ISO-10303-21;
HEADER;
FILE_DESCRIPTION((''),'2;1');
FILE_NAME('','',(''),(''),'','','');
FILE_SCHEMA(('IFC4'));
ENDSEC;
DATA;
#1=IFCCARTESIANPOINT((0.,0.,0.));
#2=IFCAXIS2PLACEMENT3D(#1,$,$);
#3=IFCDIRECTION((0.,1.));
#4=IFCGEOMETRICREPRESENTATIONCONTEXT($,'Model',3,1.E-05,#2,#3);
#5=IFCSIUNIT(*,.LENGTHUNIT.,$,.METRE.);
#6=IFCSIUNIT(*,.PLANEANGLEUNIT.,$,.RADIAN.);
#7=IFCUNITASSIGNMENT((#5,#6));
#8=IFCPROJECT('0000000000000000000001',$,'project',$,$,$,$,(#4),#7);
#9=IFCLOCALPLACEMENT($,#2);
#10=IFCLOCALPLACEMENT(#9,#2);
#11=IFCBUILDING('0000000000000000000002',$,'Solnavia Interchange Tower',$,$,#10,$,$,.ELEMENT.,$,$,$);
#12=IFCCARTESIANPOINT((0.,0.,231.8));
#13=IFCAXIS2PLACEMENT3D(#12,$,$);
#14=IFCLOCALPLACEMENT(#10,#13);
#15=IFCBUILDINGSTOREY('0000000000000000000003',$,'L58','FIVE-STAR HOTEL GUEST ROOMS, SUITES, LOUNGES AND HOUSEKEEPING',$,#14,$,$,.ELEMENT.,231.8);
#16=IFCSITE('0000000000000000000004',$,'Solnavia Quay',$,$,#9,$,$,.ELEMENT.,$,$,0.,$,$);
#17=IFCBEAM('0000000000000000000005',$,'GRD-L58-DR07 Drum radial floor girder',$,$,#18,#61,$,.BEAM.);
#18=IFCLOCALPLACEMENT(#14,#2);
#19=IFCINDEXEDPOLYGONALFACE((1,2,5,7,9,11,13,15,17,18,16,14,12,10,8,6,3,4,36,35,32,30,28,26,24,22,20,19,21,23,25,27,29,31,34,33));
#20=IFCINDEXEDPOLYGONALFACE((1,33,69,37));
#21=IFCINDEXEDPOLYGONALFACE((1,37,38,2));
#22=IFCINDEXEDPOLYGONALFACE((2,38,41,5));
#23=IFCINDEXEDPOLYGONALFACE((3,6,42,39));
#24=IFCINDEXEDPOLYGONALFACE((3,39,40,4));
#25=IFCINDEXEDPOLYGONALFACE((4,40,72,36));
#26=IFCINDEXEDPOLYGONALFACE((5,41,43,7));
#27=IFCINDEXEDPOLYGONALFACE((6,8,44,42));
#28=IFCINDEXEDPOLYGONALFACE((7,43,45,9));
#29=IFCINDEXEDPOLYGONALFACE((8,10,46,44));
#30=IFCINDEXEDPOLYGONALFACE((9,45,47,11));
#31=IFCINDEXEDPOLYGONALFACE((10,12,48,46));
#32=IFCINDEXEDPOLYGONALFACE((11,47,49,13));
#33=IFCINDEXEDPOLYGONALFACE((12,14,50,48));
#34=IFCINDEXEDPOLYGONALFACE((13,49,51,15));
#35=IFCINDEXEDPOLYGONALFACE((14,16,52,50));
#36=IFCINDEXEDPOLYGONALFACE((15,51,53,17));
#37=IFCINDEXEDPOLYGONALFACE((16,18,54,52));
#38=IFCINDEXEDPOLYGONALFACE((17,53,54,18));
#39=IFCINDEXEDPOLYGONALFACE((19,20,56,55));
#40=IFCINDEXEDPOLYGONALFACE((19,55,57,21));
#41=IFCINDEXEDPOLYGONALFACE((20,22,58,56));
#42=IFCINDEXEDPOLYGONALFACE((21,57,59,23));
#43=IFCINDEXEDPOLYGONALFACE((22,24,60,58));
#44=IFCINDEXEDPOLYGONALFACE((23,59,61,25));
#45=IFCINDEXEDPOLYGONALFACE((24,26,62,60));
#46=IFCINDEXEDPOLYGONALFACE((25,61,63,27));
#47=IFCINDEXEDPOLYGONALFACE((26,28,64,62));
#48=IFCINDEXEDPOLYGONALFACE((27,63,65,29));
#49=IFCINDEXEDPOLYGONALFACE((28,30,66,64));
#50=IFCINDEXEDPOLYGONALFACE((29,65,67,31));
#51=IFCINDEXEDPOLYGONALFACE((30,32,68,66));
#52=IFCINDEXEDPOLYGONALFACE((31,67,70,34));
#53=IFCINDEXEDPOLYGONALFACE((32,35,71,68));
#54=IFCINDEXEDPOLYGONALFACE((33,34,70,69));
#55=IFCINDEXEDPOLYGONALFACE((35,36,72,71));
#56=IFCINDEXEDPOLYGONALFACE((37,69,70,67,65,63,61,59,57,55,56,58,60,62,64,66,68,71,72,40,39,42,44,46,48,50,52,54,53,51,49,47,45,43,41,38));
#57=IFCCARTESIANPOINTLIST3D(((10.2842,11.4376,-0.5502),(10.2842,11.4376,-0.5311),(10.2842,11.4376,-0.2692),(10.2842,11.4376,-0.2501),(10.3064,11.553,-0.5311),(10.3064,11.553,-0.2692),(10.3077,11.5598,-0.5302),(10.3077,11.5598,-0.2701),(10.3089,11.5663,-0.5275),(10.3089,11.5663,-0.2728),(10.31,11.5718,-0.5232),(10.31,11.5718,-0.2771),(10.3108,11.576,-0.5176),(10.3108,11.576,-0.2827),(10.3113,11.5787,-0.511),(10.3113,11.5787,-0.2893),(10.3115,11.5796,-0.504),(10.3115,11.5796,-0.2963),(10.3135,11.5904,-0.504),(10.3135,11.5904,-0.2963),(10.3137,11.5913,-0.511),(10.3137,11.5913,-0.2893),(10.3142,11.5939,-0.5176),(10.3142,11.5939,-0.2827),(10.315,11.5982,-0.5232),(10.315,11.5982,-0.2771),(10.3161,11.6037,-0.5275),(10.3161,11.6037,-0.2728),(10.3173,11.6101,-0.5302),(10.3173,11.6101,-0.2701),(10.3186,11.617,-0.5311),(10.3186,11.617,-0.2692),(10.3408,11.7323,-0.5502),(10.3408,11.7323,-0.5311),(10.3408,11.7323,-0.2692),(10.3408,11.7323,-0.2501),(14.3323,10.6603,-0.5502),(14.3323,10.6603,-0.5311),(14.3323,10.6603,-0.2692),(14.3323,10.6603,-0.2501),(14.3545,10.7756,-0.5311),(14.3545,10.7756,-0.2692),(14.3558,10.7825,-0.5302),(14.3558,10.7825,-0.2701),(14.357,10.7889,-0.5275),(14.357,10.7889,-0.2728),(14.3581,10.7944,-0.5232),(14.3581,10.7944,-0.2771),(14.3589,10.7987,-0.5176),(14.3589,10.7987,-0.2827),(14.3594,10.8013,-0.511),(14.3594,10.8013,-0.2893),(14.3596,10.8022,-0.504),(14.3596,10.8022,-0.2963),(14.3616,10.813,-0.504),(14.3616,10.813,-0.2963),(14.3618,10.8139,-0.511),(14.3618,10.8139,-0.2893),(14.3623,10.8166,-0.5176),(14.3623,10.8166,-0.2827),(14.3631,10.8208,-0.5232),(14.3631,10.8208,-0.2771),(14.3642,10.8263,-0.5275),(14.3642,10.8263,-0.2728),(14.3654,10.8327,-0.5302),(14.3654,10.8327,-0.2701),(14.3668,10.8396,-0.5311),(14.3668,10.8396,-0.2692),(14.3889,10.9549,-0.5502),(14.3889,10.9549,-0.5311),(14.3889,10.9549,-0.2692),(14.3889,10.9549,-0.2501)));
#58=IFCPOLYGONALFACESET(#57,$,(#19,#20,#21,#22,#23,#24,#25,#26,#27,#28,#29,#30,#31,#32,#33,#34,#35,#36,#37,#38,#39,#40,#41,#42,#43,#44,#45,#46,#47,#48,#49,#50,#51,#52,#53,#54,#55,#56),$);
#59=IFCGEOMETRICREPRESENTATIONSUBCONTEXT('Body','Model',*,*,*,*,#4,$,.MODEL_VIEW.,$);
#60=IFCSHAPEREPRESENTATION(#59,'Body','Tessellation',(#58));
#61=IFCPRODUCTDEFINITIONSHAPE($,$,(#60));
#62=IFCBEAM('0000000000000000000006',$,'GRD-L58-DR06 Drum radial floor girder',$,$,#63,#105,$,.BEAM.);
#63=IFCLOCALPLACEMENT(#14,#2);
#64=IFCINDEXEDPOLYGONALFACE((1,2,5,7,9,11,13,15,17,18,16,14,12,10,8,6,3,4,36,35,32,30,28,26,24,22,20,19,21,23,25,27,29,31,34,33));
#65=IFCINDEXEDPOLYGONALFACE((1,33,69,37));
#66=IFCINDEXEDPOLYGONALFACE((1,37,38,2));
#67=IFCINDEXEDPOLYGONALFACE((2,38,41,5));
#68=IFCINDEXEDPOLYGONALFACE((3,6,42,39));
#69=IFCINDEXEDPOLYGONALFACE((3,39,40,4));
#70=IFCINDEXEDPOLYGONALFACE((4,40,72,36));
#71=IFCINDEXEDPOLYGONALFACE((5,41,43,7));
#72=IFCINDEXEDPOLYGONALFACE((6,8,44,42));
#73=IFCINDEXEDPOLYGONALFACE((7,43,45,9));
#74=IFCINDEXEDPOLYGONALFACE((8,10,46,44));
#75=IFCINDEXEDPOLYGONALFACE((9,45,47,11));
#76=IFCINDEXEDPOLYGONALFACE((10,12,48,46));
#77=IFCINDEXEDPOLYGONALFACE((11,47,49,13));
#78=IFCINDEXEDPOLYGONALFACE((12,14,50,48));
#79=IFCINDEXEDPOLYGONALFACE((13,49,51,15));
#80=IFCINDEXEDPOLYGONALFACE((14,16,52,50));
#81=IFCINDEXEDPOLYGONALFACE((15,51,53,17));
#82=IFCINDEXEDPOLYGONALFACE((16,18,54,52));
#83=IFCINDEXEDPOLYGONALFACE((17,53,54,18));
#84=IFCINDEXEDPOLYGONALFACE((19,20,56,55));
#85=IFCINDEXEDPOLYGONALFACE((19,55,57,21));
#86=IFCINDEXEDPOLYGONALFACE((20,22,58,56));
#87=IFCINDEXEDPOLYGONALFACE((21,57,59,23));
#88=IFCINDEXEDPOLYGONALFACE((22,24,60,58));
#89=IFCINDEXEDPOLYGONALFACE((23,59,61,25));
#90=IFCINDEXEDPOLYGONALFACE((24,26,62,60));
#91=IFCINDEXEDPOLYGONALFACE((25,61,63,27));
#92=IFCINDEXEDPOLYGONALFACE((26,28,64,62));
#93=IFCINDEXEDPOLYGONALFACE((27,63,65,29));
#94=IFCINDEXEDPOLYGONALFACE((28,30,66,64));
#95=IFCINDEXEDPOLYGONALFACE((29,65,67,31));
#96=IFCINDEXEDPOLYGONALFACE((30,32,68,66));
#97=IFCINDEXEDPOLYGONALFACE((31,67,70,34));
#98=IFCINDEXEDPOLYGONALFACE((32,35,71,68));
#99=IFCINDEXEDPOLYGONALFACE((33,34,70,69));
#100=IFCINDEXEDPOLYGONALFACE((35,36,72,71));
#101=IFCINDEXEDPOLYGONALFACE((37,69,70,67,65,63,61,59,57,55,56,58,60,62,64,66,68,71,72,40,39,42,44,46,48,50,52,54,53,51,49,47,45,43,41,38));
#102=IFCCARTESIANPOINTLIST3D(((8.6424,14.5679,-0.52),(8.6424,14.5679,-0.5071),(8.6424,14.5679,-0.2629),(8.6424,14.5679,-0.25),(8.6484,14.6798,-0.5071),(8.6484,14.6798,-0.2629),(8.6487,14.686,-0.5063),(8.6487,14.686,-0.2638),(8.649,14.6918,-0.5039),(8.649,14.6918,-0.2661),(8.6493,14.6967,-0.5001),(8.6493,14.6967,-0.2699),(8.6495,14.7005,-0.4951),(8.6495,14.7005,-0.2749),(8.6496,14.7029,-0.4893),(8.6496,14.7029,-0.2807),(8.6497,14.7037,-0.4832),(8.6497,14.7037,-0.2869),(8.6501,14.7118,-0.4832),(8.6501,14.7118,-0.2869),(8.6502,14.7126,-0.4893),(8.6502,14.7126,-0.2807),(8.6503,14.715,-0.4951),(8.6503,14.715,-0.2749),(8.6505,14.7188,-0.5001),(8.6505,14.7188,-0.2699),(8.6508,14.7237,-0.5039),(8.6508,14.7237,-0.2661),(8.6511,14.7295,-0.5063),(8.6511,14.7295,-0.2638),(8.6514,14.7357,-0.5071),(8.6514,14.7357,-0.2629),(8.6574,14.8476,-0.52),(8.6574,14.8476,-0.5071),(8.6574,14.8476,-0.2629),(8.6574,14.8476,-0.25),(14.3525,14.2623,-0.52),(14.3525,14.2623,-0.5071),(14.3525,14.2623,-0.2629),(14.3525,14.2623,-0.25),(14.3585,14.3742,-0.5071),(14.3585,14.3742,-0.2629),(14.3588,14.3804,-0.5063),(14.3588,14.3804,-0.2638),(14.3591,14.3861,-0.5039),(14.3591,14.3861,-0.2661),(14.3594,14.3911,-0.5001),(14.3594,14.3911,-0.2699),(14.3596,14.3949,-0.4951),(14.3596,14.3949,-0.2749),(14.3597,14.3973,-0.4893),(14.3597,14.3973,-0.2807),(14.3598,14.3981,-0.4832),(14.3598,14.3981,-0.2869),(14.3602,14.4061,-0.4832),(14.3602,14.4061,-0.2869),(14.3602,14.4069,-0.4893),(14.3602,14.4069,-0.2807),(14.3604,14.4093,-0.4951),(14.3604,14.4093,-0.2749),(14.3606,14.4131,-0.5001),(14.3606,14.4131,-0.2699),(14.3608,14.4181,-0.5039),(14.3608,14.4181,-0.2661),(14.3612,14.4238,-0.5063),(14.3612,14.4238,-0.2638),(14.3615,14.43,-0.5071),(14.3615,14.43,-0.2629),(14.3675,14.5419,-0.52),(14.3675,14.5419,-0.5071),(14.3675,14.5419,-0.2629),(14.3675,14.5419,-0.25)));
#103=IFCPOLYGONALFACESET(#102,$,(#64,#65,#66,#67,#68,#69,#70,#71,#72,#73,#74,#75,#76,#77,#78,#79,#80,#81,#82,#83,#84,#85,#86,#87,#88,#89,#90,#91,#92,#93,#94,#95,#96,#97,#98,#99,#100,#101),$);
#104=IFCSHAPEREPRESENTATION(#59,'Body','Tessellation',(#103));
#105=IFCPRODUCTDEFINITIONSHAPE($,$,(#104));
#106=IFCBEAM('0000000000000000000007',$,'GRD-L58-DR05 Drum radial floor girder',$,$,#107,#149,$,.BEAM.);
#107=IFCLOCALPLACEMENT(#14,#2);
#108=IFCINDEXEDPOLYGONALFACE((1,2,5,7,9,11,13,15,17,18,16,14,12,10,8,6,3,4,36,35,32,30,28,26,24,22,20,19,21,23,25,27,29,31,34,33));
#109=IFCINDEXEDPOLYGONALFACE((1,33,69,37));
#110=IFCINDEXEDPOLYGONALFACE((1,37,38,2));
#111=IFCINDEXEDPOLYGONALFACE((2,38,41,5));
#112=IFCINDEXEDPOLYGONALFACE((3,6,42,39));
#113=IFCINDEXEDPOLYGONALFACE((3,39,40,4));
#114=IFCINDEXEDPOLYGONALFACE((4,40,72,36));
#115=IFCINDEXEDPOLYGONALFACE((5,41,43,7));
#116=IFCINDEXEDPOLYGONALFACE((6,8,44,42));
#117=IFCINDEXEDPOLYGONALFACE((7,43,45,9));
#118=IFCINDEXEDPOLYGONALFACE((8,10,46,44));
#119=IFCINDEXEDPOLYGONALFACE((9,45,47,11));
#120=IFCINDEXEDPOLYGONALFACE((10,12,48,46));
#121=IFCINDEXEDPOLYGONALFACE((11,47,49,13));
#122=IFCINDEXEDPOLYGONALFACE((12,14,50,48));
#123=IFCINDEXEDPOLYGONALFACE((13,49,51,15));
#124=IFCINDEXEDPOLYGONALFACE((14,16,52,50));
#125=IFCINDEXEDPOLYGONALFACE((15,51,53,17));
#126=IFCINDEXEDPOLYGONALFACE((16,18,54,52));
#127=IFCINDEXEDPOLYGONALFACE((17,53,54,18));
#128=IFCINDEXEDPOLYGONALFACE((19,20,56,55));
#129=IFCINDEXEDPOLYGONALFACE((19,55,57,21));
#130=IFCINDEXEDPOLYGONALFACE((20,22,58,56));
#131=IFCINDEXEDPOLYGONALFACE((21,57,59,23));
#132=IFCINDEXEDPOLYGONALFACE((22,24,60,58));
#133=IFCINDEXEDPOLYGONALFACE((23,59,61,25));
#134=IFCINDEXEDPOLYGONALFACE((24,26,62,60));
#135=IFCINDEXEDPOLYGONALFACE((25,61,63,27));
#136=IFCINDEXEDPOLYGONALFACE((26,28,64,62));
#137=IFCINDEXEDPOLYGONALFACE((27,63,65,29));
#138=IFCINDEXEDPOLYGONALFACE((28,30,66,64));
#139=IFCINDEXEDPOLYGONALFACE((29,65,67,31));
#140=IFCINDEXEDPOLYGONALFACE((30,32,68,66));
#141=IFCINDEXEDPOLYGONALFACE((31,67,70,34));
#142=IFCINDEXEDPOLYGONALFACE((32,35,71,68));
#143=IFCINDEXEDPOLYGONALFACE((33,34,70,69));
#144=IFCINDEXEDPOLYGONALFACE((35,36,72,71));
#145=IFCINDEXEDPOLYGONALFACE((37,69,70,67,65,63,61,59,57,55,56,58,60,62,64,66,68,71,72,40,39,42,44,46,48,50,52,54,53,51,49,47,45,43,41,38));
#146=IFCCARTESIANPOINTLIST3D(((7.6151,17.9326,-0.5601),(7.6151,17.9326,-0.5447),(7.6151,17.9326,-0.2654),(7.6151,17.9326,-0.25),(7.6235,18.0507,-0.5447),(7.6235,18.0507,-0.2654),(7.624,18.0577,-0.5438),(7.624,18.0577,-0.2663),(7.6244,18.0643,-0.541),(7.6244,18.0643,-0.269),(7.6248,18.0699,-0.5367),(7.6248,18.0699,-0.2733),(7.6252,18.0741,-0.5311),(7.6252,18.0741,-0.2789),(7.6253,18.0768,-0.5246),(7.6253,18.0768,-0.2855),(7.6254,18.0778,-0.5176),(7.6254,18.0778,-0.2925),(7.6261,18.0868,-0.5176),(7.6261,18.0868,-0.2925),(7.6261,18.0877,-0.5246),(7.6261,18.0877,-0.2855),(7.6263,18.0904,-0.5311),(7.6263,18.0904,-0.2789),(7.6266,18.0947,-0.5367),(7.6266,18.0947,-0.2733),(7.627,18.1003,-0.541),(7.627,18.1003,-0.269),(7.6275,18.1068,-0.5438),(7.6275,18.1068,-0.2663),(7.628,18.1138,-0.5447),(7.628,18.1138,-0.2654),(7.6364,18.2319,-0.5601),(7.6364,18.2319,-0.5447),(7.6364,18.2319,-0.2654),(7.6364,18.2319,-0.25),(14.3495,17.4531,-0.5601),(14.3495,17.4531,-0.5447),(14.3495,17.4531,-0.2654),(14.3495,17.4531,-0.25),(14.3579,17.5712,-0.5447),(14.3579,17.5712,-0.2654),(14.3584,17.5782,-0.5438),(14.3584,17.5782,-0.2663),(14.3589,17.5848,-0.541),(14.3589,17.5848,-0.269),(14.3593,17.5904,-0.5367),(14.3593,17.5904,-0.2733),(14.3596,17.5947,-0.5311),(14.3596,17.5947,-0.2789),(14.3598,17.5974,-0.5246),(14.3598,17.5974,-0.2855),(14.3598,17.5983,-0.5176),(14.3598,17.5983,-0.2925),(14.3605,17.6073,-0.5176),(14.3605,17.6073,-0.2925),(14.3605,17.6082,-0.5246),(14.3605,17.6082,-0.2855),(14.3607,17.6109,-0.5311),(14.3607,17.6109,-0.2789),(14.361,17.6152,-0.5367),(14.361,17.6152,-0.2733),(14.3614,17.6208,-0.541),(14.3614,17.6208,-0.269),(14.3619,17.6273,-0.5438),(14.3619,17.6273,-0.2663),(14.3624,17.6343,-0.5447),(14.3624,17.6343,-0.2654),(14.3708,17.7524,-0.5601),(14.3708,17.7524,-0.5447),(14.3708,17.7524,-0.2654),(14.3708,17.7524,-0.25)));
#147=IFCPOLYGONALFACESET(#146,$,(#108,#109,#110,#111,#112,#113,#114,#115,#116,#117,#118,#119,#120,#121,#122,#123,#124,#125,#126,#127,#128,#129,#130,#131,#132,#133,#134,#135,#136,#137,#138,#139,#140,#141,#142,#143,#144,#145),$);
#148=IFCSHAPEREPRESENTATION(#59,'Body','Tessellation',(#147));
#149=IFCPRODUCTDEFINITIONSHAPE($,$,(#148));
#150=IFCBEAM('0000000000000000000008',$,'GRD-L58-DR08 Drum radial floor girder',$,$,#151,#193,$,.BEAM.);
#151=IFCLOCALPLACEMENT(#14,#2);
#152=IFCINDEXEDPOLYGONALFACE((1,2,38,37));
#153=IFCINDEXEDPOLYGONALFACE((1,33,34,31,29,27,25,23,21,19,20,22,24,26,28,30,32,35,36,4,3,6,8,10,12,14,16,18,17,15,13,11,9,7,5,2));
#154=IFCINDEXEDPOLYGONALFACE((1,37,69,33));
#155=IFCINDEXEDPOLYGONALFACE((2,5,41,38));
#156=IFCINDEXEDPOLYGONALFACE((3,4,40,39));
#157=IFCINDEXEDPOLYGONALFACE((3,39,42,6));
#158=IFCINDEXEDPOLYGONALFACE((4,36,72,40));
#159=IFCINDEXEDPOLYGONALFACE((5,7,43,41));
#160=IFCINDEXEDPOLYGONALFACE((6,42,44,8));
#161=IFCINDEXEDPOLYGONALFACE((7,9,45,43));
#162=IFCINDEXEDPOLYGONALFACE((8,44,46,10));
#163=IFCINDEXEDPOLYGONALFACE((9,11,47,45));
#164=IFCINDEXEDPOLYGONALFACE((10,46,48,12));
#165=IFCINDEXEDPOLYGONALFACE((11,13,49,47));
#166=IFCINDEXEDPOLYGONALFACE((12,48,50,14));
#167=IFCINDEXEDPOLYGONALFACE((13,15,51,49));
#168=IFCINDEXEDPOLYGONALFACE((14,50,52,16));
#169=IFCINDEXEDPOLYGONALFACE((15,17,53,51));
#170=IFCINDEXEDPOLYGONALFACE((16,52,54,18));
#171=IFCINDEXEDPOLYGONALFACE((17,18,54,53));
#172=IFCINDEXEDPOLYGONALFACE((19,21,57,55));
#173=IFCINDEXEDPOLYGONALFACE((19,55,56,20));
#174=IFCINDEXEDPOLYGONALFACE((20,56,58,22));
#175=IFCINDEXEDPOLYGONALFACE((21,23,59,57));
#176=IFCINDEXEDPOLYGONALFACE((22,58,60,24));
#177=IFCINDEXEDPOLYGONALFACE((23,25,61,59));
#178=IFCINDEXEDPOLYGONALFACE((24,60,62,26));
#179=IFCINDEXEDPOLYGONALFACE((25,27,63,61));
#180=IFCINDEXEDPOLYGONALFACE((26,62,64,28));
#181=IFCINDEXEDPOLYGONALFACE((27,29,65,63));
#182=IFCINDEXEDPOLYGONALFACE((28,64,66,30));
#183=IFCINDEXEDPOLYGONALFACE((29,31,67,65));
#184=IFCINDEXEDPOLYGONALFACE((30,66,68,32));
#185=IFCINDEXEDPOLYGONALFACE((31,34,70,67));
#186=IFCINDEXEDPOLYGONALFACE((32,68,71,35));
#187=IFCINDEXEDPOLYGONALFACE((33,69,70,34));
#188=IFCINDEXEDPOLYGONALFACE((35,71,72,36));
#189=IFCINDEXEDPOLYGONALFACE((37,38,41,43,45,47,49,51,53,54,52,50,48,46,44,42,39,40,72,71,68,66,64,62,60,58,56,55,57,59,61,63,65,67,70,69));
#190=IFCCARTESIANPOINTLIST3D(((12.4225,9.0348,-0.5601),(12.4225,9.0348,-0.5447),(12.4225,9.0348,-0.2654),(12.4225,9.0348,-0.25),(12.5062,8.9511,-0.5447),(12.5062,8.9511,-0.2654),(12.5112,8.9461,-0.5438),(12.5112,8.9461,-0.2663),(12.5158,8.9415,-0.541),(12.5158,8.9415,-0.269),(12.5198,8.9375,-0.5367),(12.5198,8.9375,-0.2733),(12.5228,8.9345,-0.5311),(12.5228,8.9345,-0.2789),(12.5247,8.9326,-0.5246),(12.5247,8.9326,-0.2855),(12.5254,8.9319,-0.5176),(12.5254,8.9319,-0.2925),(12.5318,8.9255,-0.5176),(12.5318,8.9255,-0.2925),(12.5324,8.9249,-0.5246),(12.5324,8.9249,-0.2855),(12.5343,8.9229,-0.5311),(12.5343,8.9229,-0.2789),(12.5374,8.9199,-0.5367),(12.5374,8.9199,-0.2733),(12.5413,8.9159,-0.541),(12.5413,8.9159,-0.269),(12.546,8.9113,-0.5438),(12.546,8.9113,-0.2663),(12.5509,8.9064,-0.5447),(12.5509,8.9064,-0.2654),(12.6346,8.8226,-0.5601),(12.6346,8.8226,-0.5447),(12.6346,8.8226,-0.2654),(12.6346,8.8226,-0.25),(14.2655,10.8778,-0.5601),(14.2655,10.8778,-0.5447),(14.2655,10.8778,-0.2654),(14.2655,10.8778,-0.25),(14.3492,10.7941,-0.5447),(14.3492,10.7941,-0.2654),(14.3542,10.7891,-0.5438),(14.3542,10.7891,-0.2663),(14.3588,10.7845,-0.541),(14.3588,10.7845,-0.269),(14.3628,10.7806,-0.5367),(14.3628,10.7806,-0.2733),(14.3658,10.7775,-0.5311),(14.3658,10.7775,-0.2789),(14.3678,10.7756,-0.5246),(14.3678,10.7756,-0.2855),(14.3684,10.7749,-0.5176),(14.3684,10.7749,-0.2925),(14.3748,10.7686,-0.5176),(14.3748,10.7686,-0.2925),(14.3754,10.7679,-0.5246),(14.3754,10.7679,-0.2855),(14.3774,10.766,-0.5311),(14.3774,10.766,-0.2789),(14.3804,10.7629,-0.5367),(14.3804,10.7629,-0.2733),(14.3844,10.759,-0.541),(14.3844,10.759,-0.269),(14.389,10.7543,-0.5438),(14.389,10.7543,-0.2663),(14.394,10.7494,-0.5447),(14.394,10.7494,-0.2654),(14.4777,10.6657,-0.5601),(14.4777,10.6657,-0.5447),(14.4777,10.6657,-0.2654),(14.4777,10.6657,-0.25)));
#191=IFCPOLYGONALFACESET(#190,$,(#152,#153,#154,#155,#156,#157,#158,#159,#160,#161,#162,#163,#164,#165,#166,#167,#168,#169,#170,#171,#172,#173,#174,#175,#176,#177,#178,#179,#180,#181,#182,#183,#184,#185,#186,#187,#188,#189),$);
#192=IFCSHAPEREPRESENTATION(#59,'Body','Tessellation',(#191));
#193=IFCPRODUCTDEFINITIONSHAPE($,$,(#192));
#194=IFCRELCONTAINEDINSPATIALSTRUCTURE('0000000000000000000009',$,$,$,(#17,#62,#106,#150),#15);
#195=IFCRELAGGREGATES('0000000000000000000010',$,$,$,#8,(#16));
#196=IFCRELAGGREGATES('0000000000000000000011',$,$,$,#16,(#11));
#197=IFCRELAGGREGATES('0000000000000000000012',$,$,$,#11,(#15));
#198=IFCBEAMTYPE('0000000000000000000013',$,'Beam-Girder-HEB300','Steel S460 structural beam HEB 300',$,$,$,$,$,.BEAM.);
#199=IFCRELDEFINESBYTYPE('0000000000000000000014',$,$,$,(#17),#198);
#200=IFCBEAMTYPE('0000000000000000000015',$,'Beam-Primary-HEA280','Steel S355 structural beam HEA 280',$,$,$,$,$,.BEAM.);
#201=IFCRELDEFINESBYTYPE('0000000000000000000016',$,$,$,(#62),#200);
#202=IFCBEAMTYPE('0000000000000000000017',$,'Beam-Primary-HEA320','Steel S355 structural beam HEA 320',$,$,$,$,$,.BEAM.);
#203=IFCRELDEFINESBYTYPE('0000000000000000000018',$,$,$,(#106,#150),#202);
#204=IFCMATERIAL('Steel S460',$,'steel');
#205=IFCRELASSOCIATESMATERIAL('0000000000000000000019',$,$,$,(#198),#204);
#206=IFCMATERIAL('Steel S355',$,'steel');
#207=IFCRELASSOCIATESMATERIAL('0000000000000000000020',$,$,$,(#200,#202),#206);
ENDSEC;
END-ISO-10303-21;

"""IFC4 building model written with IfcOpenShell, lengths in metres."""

from ifc_helpers import new_model, si_unit, direction, frame, origin, origin_2d, place, context, subcontext, project, spatial, i_section, extrude, material, material_profile, profile_set, type_object, element, save


model = new_model("IFC4")

# Units and contexts
model_context = context("Model", 3, precision=1e-05, world=origin(), true_north=direction((0.0, 1.0)))
body_context = subcontext(model_context, "Body", "Model", "MODEL_VIEW")
ifc_project = project(units=[si_unit("LENGTHUNIT", "METRE"), si_unit("PLANEANGLEUNIT", "RADIAN")], contexts=[model_context])

# Site, building, storey
site_placement = place(None, origin())
site = spatial("IfcSite", under=ifc_project, at=site_placement, Name="Solnavia Quay", CompositionType="ELEMENT", RefElevation=0.0)
building_placement = place(site_placement, origin())
building = spatial("IfcBuilding", under=site, at=building_placement, Name="Solnavia Interchange Tower", CompositionType="ELEMENT")
storey_placement = place(building_placement, frame((0.0, 0.0, 231.8)))
storey = spatial("IfcBuildingStorey", under=building, at=storey_placement, Name="L58", Description="FIVE-STAR HOTEL GUEST ROOMS, SUITES, LOUNGES AND HOUSEKEEPING", CompositionType="ELEMENT", Elevation=231.8)

# Beams
ifc_material_1 = material(Name="Steel S460", Category="steel")
ifc_material_profile_1 = material_profile(ifc_material_1, i_section(OverallWidth=0.3, OverallDepth=0.3, WebThickness=0.011, FlangeThickness=0.019, FilletRadius=0.0271, at=origin_2d()), Name="HEB 300")
ifc_profile_set_1 = profile_set([ifc_material_profile_1], Name="Steel S460")
beam_type_1 = type_object("IfcBeamType", Name="Beam-Girder-HEB300", Description="Steel S460 structural beam HEB 300", PredefinedType="BEAM", material=ifc_profile_set_1)
beam_1_placement = place(storey_placement, frame((10.3125, 11.585, -0.4001), z_axis=(0.982058, -0.188582, 0.0), x_axis=(0.188582, 0.982058, 0.0)))
element("IfcBeam", 1, at=beam_1_placement, inside=storey, type_object=beam_type_1, Name="GRD-L58-DR07 Drum radial floor girder", PredefinedType="BEAM", context=body_context, shape_type="SweptSolid", body=[
    extrude(i_section(OverallWidth=0.3, OverallDepth=0.3, WebThickness=0.011, FlangeThickness=0.019, FilletRadius=0.0271, at=origin_2d()), origin(), (0.0, 0.0, 1.0), 4.1221),
])
ifc_material_2 = material(Name="Steel S355", Category="steel")
ifc_material_profile_2 = material_profile(ifc_material_2, i_section(OverallWidth=0.28, OverallDepth=0.27, WebThickness=0.0081, FlangeThickness=0.0129, FilletRadius=0.0239, at=origin_2d()), Name="HEA 280")
ifc_profile_set_2 = profile_set([ifc_material_profile_2], Name="Steel S355")
beam_type_2 = type_object("IfcBeamType", Name="Beam-Primary-HEA280", Description="Steel S355 structural beam HEA 280", PredefinedType="BEAM", material=ifc_profile_set_2)
beam_2_placement = place(storey_placement, frame((8.6499, 14.7078, -0.385), z_axis=(0.99857, -0.053453, 0.0), x_axis=(0.053453, 0.99857, 0.0)))
element("IfcBeam", 2, at=beam_2_placement, inside=storey, type_object=beam_type_2, Name="GRD-L58-DR06 Drum radial floor girder", PredefinedType="BEAM", context=body_context, shape_type="SweptSolid", body=[
    extrude(i_section(OverallWidth=0.28, OverallDepth=0.27, WebThickness=0.0081, FlangeThickness=0.0129, FilletRadius=0.0239, at=origin_2d()), origin(), (0.0, 0.0, 1.0), 5.7183),
])
ifc_material_profile_3 = material_profile(ifc_material_2, i_section(OverallWidth=0.3, OverallDepth=0.3101, WebThickness=0.009, FlangeThickness=0.0154, FilletRadius=0.0271, at=origin_2d()), Name="HEA 320")
ifc_profile_set_3 = profile_set([ifc_material_profile_3], Name="Steel S355")
beam_type_3 = type_object("IfcBeamType", Name="Beam-Primary-HEA320", Description="Steel S355 structural beam HEA 320", PredefinedType="BEAM", material=ifc_profile_set_3)
beam_3_placement = place(storey_placement, frame((7.6257, 18.0823, -0.405), z_axis=(0.997475, -0.071021, 0.0), x_axis=(0.071021, 0.997475, 0.0)))
element("IfcBeam", 3, at=beam_3_placement, inside=storey, type_object=beam_type_3, Name="GRD-L58-DR05 Drum radial floor girder", PredefinedType="BEAM", context=body_context, shape_type="SweptSolid", body=[
    extrude(i_section(OverallWidth=0.3, OverallDepth=0.3101, WebThickness=0.009, FlangeThickness=0.0154, FilletRadius=0.0271, at=origin_2d()), origin(), (0.0, 0.0, 1.0), 6.7515),
])
beam_4_placement = place(storey_placement, frame((12.5286, 8.9287, -0.405), z_axis=(0.707107, 0.707107, 0.0), x_axis=(-0.707107, 0.707107, 0.0)))
element("IfcBeam", 4, at=beam_4_placement, inside=storey, type_object=beam_type_3, Name="GRD-L58-DR08 Drum radial floor girder", PredefinedType="BEAM", context=body_context, shape_type="SweptSolid", body=[
    extrude(i_section(OverallWidth=0.3, OverallDepth=0.3101, WebThickness=0.009, FlangeThickness=0.0154, FilletRadius=0.0271, at=origin_2d()), origin(), (0.0, 0.0, 1.0), 2.6064),
])

save(model, "model.ifc")
